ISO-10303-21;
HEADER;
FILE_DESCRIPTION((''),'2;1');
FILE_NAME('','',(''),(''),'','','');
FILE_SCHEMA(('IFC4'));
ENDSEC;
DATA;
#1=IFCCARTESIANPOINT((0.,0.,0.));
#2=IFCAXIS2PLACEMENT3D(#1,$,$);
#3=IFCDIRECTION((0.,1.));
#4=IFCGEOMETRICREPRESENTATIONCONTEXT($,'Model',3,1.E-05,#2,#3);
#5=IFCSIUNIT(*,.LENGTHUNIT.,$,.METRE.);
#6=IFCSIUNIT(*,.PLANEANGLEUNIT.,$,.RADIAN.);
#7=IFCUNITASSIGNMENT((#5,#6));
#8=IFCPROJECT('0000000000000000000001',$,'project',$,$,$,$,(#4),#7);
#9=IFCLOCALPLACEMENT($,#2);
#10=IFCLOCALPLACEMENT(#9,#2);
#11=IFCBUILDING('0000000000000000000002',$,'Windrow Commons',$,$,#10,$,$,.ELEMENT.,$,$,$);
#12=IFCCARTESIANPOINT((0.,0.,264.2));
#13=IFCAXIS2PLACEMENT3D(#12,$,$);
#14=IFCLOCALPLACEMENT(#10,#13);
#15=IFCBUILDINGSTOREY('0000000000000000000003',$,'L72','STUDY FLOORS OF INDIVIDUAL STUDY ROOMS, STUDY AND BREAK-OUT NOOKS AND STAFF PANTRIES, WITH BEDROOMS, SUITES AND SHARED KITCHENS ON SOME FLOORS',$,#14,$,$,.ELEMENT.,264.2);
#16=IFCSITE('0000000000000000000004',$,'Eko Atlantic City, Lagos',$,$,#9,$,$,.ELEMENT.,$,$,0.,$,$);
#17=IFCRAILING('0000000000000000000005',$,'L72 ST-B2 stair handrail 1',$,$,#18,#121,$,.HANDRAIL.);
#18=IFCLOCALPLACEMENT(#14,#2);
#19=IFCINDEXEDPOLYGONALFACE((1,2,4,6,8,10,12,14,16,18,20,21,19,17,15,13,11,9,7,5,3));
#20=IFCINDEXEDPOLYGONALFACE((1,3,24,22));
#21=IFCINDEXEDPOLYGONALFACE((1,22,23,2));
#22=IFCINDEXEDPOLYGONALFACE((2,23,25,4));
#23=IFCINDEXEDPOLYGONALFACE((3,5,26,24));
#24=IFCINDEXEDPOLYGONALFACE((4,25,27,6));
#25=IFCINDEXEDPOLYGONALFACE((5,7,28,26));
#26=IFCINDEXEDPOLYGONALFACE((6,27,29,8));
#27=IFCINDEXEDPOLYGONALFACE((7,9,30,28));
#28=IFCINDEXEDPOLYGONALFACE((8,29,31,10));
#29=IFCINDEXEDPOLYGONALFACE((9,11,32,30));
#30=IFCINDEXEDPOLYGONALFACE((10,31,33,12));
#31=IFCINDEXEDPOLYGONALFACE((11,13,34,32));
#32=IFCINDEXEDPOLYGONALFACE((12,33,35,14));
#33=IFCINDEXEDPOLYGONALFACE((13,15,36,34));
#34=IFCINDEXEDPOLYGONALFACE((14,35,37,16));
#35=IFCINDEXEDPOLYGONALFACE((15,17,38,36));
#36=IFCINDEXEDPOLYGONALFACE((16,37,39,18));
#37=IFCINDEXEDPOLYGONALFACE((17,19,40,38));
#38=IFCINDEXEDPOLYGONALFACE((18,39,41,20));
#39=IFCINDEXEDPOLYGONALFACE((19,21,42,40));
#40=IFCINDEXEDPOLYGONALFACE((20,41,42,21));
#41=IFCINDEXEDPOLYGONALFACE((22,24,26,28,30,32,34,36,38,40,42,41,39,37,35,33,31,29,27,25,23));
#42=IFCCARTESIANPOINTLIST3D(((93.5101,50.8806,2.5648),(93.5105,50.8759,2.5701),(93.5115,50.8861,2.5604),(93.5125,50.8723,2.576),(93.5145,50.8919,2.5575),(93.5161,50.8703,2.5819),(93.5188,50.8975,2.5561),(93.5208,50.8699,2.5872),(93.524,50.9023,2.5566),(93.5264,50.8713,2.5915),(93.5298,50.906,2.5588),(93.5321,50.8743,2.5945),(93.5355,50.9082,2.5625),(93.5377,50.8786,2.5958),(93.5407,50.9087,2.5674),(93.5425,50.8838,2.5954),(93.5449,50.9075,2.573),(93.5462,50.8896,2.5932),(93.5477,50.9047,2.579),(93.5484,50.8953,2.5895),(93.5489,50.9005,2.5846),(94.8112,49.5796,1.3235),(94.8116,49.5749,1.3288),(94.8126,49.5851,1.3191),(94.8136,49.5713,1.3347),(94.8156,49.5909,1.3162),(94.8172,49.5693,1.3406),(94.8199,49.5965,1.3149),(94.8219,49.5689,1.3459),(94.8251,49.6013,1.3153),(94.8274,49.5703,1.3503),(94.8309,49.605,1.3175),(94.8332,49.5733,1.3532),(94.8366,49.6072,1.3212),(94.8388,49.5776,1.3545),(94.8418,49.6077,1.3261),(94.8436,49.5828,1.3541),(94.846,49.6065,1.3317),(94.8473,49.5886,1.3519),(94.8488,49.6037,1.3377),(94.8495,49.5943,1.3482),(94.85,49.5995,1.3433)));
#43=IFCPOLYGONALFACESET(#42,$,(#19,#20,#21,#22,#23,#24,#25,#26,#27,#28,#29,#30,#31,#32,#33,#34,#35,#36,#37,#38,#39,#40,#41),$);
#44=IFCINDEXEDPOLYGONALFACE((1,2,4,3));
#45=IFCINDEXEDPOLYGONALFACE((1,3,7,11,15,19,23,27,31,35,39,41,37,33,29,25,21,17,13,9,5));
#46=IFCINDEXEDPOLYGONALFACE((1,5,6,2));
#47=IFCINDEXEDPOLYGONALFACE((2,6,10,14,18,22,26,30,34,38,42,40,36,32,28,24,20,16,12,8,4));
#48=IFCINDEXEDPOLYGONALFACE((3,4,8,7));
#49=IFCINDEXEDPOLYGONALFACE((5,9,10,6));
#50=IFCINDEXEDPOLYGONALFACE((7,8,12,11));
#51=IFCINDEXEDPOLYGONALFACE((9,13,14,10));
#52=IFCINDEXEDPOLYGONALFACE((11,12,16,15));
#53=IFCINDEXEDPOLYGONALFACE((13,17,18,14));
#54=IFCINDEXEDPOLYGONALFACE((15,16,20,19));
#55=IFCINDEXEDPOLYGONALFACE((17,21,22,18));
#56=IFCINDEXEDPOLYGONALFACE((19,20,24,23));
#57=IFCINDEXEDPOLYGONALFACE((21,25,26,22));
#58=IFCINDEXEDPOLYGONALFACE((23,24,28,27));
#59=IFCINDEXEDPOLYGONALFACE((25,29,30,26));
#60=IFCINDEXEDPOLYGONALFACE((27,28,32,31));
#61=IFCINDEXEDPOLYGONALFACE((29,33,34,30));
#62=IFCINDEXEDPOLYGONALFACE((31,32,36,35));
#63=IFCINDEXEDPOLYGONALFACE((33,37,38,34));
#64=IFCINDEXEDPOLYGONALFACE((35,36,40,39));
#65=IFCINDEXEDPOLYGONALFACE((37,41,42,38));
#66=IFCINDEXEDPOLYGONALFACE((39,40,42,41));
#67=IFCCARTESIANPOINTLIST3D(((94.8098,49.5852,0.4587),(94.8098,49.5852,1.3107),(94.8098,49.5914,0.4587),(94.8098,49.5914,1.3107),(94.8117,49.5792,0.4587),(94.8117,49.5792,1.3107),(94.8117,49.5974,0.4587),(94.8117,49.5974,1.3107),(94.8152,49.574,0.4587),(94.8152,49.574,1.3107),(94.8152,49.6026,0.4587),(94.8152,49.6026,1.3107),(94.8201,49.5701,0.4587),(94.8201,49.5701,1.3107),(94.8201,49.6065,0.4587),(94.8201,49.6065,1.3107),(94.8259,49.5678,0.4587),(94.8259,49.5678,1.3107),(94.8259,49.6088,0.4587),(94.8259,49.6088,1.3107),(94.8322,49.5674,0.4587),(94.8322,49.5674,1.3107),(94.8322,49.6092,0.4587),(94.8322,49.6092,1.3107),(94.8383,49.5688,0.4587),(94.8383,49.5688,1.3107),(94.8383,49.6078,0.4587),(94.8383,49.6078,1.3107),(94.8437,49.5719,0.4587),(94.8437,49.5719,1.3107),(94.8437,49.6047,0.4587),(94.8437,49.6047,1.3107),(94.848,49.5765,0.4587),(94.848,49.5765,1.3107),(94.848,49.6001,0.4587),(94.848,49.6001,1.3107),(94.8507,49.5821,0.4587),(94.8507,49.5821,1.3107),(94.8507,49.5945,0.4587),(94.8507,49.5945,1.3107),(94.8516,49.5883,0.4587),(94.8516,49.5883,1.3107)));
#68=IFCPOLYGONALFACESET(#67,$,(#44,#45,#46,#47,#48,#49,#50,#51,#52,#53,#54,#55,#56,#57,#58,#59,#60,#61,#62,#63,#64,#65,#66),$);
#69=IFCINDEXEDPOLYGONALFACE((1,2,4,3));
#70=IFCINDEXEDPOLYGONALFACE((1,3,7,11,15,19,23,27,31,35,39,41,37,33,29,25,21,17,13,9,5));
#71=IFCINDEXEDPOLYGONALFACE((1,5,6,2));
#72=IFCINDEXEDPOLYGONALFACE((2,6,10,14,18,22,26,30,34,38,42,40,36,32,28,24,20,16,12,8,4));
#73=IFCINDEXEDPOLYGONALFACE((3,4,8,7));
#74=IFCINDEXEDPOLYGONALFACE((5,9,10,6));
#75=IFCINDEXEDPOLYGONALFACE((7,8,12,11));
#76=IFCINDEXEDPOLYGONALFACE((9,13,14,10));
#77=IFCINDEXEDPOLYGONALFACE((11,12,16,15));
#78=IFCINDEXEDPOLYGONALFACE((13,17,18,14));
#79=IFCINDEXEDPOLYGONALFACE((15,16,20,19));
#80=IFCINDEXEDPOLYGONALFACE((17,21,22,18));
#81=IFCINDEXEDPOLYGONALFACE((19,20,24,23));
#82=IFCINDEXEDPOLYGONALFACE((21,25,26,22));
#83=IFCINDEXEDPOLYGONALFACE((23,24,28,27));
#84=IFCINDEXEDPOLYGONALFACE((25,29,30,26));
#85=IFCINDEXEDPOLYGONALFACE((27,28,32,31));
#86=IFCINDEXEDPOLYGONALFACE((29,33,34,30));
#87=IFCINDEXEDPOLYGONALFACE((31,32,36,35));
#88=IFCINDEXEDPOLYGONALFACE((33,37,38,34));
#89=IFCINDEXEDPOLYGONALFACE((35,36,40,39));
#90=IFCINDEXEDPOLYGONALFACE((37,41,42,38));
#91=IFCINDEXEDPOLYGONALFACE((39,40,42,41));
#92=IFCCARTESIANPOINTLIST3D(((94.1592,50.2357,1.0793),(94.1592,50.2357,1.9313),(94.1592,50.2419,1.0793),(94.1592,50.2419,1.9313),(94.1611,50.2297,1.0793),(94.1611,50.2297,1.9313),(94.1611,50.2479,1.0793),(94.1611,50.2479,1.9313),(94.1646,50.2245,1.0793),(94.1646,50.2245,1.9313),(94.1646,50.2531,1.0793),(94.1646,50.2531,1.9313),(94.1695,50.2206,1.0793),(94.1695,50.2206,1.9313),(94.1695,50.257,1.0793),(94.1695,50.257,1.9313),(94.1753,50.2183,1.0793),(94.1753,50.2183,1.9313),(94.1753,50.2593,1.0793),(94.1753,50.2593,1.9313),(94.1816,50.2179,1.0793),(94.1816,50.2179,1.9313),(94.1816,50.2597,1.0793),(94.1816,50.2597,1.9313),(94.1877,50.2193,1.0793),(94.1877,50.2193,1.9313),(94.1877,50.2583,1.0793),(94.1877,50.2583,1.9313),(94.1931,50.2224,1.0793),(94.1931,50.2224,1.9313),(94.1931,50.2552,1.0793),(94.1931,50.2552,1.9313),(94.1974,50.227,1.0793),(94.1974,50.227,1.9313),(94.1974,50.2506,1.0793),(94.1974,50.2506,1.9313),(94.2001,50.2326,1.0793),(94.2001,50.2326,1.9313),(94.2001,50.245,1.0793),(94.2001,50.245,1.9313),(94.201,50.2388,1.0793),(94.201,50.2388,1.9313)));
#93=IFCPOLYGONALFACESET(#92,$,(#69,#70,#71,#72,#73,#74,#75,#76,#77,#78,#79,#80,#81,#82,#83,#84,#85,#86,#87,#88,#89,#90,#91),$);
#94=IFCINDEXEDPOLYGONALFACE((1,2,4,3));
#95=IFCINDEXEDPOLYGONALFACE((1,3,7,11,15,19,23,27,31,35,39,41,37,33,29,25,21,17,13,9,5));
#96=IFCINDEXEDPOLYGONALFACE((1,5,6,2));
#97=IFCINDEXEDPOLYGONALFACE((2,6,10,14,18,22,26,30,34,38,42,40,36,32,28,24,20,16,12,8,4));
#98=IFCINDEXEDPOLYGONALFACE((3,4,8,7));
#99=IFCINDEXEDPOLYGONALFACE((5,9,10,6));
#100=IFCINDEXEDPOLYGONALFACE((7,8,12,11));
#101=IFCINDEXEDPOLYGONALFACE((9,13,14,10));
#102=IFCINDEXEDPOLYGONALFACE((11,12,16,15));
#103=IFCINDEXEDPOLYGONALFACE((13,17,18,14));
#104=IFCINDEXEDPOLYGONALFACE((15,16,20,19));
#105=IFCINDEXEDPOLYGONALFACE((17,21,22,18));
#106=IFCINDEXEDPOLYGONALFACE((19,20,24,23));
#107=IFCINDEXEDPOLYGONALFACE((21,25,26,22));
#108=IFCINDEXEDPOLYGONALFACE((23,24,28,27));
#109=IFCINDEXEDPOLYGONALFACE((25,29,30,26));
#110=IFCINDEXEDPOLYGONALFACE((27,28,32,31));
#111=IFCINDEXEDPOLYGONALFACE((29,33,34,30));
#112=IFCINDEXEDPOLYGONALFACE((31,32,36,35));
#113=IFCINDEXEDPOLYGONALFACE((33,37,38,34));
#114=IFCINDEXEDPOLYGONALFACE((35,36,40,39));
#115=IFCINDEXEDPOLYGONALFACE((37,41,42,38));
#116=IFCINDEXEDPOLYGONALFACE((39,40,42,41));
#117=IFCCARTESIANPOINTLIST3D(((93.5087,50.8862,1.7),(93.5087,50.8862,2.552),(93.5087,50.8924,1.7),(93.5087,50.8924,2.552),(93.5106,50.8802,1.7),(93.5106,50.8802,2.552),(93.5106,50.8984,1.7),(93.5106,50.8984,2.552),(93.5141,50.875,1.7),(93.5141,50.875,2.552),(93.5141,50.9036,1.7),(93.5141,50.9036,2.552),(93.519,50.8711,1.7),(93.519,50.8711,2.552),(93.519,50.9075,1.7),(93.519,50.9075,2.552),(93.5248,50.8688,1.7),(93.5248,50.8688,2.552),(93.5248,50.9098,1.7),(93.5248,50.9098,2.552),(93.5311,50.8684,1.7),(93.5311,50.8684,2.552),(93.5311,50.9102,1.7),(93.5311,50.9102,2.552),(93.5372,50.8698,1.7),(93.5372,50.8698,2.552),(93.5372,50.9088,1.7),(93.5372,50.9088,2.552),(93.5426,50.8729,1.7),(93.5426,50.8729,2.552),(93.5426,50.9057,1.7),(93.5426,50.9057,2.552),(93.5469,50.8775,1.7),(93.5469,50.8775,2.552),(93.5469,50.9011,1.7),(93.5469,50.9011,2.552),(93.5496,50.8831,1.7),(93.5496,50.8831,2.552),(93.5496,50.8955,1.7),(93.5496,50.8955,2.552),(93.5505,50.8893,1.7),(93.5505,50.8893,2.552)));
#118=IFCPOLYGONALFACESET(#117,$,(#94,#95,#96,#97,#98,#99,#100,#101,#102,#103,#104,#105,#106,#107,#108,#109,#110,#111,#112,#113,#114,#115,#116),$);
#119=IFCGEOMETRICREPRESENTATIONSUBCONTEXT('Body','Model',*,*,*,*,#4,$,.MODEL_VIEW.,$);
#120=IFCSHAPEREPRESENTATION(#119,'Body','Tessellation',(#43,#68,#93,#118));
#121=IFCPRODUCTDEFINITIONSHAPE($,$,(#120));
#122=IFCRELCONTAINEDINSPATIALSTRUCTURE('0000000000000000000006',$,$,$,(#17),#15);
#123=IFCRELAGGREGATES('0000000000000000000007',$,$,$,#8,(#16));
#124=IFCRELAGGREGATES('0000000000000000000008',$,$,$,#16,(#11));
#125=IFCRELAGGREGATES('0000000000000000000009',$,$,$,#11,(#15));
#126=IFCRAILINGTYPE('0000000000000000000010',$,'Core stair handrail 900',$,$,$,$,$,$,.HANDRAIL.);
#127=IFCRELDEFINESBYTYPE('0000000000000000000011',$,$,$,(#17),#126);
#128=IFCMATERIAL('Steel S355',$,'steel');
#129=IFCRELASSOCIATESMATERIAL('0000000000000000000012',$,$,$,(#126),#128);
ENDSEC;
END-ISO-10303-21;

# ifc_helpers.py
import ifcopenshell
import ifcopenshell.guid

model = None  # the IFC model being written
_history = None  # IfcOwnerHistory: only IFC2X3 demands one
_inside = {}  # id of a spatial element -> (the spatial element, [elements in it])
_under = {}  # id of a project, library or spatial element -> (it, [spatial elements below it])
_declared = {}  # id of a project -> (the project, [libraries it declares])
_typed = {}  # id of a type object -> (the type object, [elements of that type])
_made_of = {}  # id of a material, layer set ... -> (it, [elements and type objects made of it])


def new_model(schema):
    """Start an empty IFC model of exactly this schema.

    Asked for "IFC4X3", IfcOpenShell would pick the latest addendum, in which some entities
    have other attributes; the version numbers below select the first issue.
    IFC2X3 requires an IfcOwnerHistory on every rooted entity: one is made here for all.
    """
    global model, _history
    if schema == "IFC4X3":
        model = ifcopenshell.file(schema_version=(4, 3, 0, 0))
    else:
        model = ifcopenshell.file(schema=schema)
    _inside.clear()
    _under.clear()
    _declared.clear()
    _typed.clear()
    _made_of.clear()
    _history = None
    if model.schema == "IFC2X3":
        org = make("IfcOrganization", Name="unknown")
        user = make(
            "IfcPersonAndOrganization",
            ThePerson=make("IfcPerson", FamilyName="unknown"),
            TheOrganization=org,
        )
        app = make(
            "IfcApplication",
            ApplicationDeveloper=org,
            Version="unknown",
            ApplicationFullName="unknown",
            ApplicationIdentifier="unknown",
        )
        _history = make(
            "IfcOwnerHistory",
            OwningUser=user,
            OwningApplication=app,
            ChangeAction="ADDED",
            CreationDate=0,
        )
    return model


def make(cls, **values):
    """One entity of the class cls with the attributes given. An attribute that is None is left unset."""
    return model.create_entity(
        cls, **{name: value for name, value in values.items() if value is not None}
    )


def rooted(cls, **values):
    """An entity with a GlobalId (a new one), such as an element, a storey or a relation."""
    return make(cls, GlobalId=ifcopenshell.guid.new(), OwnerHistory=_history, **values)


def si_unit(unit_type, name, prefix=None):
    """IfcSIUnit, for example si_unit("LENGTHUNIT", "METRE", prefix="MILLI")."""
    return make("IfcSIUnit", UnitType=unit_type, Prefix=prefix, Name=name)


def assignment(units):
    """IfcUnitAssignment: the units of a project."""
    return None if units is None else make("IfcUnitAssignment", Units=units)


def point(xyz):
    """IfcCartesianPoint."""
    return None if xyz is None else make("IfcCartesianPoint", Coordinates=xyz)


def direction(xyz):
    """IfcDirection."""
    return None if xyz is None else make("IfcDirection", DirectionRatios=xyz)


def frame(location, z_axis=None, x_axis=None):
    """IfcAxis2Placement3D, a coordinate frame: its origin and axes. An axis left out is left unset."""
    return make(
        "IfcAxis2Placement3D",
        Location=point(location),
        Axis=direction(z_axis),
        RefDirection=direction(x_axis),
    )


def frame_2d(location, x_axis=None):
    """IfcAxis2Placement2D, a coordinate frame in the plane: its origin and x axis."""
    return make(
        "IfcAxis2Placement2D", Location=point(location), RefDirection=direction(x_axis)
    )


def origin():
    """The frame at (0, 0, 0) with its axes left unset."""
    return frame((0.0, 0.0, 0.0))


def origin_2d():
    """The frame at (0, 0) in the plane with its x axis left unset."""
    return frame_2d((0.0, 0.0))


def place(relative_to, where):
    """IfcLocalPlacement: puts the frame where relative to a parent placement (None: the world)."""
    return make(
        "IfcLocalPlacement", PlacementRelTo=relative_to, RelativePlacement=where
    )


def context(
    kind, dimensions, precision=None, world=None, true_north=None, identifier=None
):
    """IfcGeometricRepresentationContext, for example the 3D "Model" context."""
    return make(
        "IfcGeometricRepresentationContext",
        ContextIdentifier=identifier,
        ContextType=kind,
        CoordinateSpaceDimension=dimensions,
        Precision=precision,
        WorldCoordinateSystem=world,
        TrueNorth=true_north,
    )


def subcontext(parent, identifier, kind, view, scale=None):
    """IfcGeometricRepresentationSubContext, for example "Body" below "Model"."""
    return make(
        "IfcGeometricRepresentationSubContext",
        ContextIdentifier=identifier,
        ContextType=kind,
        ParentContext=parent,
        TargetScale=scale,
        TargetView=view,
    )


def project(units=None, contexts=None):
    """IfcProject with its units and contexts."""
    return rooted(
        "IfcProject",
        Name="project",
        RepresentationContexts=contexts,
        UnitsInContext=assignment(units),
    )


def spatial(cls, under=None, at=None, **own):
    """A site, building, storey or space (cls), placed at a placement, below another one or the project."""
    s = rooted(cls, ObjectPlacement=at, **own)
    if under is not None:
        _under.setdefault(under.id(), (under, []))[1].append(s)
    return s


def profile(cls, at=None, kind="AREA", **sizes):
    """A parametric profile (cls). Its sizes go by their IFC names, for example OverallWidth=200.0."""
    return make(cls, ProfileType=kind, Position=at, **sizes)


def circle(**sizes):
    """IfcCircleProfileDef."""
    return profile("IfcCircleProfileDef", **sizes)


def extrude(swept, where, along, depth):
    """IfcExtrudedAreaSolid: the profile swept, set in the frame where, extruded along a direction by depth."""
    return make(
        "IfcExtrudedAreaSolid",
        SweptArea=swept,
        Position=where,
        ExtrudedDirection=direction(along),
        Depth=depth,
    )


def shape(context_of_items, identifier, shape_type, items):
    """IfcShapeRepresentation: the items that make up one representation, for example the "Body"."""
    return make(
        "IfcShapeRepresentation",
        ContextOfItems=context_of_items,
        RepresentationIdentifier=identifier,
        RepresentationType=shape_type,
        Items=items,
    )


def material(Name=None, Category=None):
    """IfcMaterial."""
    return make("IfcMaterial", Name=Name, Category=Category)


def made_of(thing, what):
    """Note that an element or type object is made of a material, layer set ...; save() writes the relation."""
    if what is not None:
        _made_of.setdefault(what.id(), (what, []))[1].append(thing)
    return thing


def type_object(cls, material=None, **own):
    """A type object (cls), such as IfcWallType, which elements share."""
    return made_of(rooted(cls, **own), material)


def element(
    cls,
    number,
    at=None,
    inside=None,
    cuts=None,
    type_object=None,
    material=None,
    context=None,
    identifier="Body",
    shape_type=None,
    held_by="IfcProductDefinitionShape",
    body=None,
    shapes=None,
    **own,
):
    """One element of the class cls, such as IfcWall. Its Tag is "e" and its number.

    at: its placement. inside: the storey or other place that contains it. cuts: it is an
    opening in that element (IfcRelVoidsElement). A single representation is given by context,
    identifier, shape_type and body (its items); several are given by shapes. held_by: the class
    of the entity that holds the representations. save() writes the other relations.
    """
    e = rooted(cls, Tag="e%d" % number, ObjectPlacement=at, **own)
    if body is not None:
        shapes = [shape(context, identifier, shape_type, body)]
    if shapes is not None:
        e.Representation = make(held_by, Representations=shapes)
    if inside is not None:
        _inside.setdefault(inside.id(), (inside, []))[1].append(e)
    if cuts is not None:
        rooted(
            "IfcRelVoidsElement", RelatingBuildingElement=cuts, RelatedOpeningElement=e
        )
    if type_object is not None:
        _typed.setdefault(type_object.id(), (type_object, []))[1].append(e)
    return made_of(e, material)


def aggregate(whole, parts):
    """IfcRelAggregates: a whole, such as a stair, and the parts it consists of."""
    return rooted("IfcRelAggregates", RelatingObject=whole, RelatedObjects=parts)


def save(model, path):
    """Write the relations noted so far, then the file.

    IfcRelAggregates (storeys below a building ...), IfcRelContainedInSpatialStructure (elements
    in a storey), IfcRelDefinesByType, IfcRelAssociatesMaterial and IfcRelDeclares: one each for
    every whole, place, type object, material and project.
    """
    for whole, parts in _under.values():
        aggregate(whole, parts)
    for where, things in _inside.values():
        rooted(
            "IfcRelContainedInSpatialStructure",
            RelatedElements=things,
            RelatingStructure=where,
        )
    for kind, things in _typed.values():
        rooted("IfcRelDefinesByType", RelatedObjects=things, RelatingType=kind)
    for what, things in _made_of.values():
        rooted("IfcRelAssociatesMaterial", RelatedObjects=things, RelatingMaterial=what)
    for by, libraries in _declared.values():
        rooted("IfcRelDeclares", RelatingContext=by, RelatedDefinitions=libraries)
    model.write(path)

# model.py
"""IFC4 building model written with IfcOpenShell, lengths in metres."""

from ifc_helpers import new_model, si_unit, direction, frame, origin, origin_2d, place, context, subcontext, project, spatial, circle, extrude, material, type_object, element, save


model = new_model("IFC4")

# Units and contexts
model_context = context("Model", 3, precision=1e-05, world=origin(), true_north=direction((0.0, 1.0)))
body_context = subcontext(model_context, "Body", "Model", "MODEL_VIEW")
ifc_project = project(units=[si_unit("LENGTHUNIT", "METRE"), si_unit("PLANEANGLEUNIT", "RADIAN")], contexts=[model_context])

# Site, building, storey
site_placement = place(None, origin())
site = spatial("IfcSite", under=ifc_project, at=site_placement, Name="Eko Atlantic City, Lagos", CompositionType="ELEMENT", RefElevation=0.0)
building_placement = place(site_placement, origin())
building = spatial("IfcBuilding", under=site, at=building_placement, Name="Windrow Commons", CompositionType="ELEMENT")
storey_placement = place(building_placement, frame((0.0, 0.0, 264.2)))
storey = spatial("IfcBuildingStorey", under=building, at=storey_placement, Name="L72", Description="STUDY FLOORS OF INDIVIDUAL STUDY ROOMS, STUDY AND BREAK-OUT NOOKS AND STAFF PANTRIES, WITH BEDROOMS, SUITES AND SHARED KITCHENS ON SOME FLOORS", CompositionType="ELEMENT", Elevation=264.2)

# Railing
ifc_material_1 = material(Name="Steel S355", Category="steel")
railing_type_1 = type_object("IfcRailingType", Name="Core stair handrail 900", PredefinedType="HANDRAIL", material=ifc_material_1)
railing_1_placement = place(storey_placement, frame((94.8306, 49.5883, 0.4587)))
element("IfcRailing", 1, at=railing_1_placement, inside=storey, type_object=railing_type_1, Name="L72 ST-B2 stair handrail 1", PredefinedType="HANDRAIL", context=body_context, shape_type="SweptSolid", body=[
    extrude(circle(Radius=0.024, at=origin_2d()), frame((0.0, 0.0, 0.876), z_axis=(-0.586207, 0.586162, 0.559264), x_axis=(-0.70708, -0.707134, 0.0)), (0.0, 0.0, 1.0), 2.2195),
    extrude(circle(Radius=0.021, at=origin_2d()), origin(), (0.0, 0.0, 1.0), 0.852),
    extrude(circle(Radius=0.021, at=origin_2d()), frame((-0.6506, 0.6505, 0.6206)), (0.0, 0.0, 1.0), 0.852),
    extrude(circle(Radius=0.021, at=origin_2d()), frame((-1.3011, 1.301, 1.2413)), (0.0, 0.0, 1.0), 0.852),
])

save(model, "model.ifc")
